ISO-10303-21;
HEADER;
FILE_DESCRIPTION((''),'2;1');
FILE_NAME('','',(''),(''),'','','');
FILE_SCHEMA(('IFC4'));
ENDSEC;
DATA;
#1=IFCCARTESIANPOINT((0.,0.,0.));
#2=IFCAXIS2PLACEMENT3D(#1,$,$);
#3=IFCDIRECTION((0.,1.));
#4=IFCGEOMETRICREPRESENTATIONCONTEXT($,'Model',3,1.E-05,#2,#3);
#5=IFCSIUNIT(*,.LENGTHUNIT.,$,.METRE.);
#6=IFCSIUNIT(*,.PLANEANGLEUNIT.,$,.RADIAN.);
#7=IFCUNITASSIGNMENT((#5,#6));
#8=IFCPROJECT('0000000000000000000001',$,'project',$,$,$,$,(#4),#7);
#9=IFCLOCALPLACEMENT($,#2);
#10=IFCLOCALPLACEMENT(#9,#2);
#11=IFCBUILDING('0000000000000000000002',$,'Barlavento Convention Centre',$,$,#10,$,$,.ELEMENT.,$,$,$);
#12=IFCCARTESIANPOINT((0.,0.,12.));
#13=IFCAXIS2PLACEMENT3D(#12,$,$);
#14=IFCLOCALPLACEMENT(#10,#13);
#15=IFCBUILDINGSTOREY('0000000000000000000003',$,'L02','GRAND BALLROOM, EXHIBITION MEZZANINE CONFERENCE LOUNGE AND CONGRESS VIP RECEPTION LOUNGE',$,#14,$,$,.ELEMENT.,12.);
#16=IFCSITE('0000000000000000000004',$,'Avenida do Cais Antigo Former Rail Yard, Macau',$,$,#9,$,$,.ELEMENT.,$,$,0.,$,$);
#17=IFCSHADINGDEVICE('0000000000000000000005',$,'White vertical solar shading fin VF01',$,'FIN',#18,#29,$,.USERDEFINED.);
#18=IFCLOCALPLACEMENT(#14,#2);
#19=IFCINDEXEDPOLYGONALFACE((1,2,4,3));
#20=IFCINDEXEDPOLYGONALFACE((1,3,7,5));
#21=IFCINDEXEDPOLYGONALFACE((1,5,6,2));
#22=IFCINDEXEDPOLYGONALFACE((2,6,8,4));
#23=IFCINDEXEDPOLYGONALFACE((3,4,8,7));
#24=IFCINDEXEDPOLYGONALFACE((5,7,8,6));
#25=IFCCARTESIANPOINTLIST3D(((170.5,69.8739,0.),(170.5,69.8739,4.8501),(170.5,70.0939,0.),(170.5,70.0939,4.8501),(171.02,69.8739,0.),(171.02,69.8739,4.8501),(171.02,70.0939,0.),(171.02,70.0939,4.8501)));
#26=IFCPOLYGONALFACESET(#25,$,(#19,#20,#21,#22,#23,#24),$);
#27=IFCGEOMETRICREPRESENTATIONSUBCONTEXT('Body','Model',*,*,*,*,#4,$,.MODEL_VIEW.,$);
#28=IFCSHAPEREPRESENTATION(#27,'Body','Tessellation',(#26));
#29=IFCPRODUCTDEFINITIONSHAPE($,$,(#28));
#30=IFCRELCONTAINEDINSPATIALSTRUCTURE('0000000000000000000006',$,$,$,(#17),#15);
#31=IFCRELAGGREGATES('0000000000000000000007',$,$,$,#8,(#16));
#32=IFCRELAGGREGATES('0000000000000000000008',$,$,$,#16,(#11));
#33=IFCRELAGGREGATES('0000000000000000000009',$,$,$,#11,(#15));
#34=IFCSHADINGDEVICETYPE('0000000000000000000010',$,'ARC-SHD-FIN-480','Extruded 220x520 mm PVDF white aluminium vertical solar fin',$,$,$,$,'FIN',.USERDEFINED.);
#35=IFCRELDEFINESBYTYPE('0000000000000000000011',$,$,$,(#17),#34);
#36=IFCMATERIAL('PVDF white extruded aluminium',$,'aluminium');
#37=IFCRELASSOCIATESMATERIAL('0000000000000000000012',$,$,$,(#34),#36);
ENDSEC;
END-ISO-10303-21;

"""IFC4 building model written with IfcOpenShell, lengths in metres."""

from ifc_helpers import new_model, si_unit, direction, frame, origin, origin_2d, place, context, subcontext, project, spatial, rectangle, extrude, material, type_object, element, save


model = new_model("IFC4")

# Units and contexts
model_context = context("Model", 3, precision=1e-05, world=origin(), true_north=direction((0.0, 1.0)))
body_context = subcontext(model_context, "Body", "Model", "MODEL_VIEW")
ifc_project = project(units=[si_unit("LENGTHUNIT", "METRE"), si_unit("PLANEANGLEUNIT", "RADIAN")], contexts=[model_context])

# Site, building, storey
site_placement = place(None, origin())
site = spatial("IfcSite", under=ifc_project, at=site_placement, Name="Avenida do Cais Antigo Former Rail Yard, Macau", CompositionType="ELEMENT", RefElevation=0.0)
building_placement = place(site_placement, origin())
building = spatial("IfcBuilding", under=site, at=building_placement, Name="Barlavento Convention Centre", CompositionType="ELEMENT")
storey_placement = place(building_placement, frame((0.0, 0.0, 12.0)))
storey = spatial("IfcBuildingStorey", under=building, at=storey_placement, Name="L02", Description="GRAND BALLROOM, EXHIBITION MEZZANINE CONFERENCE LOUNGE AND CONGRESS VIP RECEPTION LOUNGE", CompositionType="ELEMENT", Elevation=12.0)

# Shading device
ifc_material_1 = material(Name="PVDF white extruded aluminium", Category="aluminium")
shading_device_type = type_object("IfcShadingDeviceType", Name="ARC-SHD-FIN-480", Description="Extruded 220x520 mm PVDF white aluminium vertical solar fin", ElementType="FIN", PredefinedType="USERDEFINED", material=ifc_material_1)
for number, where, z_axis, x_axis, name in (
    (1, (170.76, 69.9839, 0.0), (0.0, 0.0, 1.0), (0.0, 1.0, 0.0), "White vertical solar shading fin VF01"),
):
    element("IfcShadingDevice", number, at=place(storey_placement, frame(where, z_axis=z_axis, x_axis=x_axis)), inside=storey, type_object=shading_device_type, Name=name, ObjectType="FIN", PredefinedType="USERDEFINED", context=body_context, shape_type="SweptSolid", body=[
        extrude(rectangle(XDim=0.22, YDim=0.52, at=origin_2d()), origin(), (0.0, 0.0, 1.0), 4.8501),
    ])

save(model, "model.ifc")
